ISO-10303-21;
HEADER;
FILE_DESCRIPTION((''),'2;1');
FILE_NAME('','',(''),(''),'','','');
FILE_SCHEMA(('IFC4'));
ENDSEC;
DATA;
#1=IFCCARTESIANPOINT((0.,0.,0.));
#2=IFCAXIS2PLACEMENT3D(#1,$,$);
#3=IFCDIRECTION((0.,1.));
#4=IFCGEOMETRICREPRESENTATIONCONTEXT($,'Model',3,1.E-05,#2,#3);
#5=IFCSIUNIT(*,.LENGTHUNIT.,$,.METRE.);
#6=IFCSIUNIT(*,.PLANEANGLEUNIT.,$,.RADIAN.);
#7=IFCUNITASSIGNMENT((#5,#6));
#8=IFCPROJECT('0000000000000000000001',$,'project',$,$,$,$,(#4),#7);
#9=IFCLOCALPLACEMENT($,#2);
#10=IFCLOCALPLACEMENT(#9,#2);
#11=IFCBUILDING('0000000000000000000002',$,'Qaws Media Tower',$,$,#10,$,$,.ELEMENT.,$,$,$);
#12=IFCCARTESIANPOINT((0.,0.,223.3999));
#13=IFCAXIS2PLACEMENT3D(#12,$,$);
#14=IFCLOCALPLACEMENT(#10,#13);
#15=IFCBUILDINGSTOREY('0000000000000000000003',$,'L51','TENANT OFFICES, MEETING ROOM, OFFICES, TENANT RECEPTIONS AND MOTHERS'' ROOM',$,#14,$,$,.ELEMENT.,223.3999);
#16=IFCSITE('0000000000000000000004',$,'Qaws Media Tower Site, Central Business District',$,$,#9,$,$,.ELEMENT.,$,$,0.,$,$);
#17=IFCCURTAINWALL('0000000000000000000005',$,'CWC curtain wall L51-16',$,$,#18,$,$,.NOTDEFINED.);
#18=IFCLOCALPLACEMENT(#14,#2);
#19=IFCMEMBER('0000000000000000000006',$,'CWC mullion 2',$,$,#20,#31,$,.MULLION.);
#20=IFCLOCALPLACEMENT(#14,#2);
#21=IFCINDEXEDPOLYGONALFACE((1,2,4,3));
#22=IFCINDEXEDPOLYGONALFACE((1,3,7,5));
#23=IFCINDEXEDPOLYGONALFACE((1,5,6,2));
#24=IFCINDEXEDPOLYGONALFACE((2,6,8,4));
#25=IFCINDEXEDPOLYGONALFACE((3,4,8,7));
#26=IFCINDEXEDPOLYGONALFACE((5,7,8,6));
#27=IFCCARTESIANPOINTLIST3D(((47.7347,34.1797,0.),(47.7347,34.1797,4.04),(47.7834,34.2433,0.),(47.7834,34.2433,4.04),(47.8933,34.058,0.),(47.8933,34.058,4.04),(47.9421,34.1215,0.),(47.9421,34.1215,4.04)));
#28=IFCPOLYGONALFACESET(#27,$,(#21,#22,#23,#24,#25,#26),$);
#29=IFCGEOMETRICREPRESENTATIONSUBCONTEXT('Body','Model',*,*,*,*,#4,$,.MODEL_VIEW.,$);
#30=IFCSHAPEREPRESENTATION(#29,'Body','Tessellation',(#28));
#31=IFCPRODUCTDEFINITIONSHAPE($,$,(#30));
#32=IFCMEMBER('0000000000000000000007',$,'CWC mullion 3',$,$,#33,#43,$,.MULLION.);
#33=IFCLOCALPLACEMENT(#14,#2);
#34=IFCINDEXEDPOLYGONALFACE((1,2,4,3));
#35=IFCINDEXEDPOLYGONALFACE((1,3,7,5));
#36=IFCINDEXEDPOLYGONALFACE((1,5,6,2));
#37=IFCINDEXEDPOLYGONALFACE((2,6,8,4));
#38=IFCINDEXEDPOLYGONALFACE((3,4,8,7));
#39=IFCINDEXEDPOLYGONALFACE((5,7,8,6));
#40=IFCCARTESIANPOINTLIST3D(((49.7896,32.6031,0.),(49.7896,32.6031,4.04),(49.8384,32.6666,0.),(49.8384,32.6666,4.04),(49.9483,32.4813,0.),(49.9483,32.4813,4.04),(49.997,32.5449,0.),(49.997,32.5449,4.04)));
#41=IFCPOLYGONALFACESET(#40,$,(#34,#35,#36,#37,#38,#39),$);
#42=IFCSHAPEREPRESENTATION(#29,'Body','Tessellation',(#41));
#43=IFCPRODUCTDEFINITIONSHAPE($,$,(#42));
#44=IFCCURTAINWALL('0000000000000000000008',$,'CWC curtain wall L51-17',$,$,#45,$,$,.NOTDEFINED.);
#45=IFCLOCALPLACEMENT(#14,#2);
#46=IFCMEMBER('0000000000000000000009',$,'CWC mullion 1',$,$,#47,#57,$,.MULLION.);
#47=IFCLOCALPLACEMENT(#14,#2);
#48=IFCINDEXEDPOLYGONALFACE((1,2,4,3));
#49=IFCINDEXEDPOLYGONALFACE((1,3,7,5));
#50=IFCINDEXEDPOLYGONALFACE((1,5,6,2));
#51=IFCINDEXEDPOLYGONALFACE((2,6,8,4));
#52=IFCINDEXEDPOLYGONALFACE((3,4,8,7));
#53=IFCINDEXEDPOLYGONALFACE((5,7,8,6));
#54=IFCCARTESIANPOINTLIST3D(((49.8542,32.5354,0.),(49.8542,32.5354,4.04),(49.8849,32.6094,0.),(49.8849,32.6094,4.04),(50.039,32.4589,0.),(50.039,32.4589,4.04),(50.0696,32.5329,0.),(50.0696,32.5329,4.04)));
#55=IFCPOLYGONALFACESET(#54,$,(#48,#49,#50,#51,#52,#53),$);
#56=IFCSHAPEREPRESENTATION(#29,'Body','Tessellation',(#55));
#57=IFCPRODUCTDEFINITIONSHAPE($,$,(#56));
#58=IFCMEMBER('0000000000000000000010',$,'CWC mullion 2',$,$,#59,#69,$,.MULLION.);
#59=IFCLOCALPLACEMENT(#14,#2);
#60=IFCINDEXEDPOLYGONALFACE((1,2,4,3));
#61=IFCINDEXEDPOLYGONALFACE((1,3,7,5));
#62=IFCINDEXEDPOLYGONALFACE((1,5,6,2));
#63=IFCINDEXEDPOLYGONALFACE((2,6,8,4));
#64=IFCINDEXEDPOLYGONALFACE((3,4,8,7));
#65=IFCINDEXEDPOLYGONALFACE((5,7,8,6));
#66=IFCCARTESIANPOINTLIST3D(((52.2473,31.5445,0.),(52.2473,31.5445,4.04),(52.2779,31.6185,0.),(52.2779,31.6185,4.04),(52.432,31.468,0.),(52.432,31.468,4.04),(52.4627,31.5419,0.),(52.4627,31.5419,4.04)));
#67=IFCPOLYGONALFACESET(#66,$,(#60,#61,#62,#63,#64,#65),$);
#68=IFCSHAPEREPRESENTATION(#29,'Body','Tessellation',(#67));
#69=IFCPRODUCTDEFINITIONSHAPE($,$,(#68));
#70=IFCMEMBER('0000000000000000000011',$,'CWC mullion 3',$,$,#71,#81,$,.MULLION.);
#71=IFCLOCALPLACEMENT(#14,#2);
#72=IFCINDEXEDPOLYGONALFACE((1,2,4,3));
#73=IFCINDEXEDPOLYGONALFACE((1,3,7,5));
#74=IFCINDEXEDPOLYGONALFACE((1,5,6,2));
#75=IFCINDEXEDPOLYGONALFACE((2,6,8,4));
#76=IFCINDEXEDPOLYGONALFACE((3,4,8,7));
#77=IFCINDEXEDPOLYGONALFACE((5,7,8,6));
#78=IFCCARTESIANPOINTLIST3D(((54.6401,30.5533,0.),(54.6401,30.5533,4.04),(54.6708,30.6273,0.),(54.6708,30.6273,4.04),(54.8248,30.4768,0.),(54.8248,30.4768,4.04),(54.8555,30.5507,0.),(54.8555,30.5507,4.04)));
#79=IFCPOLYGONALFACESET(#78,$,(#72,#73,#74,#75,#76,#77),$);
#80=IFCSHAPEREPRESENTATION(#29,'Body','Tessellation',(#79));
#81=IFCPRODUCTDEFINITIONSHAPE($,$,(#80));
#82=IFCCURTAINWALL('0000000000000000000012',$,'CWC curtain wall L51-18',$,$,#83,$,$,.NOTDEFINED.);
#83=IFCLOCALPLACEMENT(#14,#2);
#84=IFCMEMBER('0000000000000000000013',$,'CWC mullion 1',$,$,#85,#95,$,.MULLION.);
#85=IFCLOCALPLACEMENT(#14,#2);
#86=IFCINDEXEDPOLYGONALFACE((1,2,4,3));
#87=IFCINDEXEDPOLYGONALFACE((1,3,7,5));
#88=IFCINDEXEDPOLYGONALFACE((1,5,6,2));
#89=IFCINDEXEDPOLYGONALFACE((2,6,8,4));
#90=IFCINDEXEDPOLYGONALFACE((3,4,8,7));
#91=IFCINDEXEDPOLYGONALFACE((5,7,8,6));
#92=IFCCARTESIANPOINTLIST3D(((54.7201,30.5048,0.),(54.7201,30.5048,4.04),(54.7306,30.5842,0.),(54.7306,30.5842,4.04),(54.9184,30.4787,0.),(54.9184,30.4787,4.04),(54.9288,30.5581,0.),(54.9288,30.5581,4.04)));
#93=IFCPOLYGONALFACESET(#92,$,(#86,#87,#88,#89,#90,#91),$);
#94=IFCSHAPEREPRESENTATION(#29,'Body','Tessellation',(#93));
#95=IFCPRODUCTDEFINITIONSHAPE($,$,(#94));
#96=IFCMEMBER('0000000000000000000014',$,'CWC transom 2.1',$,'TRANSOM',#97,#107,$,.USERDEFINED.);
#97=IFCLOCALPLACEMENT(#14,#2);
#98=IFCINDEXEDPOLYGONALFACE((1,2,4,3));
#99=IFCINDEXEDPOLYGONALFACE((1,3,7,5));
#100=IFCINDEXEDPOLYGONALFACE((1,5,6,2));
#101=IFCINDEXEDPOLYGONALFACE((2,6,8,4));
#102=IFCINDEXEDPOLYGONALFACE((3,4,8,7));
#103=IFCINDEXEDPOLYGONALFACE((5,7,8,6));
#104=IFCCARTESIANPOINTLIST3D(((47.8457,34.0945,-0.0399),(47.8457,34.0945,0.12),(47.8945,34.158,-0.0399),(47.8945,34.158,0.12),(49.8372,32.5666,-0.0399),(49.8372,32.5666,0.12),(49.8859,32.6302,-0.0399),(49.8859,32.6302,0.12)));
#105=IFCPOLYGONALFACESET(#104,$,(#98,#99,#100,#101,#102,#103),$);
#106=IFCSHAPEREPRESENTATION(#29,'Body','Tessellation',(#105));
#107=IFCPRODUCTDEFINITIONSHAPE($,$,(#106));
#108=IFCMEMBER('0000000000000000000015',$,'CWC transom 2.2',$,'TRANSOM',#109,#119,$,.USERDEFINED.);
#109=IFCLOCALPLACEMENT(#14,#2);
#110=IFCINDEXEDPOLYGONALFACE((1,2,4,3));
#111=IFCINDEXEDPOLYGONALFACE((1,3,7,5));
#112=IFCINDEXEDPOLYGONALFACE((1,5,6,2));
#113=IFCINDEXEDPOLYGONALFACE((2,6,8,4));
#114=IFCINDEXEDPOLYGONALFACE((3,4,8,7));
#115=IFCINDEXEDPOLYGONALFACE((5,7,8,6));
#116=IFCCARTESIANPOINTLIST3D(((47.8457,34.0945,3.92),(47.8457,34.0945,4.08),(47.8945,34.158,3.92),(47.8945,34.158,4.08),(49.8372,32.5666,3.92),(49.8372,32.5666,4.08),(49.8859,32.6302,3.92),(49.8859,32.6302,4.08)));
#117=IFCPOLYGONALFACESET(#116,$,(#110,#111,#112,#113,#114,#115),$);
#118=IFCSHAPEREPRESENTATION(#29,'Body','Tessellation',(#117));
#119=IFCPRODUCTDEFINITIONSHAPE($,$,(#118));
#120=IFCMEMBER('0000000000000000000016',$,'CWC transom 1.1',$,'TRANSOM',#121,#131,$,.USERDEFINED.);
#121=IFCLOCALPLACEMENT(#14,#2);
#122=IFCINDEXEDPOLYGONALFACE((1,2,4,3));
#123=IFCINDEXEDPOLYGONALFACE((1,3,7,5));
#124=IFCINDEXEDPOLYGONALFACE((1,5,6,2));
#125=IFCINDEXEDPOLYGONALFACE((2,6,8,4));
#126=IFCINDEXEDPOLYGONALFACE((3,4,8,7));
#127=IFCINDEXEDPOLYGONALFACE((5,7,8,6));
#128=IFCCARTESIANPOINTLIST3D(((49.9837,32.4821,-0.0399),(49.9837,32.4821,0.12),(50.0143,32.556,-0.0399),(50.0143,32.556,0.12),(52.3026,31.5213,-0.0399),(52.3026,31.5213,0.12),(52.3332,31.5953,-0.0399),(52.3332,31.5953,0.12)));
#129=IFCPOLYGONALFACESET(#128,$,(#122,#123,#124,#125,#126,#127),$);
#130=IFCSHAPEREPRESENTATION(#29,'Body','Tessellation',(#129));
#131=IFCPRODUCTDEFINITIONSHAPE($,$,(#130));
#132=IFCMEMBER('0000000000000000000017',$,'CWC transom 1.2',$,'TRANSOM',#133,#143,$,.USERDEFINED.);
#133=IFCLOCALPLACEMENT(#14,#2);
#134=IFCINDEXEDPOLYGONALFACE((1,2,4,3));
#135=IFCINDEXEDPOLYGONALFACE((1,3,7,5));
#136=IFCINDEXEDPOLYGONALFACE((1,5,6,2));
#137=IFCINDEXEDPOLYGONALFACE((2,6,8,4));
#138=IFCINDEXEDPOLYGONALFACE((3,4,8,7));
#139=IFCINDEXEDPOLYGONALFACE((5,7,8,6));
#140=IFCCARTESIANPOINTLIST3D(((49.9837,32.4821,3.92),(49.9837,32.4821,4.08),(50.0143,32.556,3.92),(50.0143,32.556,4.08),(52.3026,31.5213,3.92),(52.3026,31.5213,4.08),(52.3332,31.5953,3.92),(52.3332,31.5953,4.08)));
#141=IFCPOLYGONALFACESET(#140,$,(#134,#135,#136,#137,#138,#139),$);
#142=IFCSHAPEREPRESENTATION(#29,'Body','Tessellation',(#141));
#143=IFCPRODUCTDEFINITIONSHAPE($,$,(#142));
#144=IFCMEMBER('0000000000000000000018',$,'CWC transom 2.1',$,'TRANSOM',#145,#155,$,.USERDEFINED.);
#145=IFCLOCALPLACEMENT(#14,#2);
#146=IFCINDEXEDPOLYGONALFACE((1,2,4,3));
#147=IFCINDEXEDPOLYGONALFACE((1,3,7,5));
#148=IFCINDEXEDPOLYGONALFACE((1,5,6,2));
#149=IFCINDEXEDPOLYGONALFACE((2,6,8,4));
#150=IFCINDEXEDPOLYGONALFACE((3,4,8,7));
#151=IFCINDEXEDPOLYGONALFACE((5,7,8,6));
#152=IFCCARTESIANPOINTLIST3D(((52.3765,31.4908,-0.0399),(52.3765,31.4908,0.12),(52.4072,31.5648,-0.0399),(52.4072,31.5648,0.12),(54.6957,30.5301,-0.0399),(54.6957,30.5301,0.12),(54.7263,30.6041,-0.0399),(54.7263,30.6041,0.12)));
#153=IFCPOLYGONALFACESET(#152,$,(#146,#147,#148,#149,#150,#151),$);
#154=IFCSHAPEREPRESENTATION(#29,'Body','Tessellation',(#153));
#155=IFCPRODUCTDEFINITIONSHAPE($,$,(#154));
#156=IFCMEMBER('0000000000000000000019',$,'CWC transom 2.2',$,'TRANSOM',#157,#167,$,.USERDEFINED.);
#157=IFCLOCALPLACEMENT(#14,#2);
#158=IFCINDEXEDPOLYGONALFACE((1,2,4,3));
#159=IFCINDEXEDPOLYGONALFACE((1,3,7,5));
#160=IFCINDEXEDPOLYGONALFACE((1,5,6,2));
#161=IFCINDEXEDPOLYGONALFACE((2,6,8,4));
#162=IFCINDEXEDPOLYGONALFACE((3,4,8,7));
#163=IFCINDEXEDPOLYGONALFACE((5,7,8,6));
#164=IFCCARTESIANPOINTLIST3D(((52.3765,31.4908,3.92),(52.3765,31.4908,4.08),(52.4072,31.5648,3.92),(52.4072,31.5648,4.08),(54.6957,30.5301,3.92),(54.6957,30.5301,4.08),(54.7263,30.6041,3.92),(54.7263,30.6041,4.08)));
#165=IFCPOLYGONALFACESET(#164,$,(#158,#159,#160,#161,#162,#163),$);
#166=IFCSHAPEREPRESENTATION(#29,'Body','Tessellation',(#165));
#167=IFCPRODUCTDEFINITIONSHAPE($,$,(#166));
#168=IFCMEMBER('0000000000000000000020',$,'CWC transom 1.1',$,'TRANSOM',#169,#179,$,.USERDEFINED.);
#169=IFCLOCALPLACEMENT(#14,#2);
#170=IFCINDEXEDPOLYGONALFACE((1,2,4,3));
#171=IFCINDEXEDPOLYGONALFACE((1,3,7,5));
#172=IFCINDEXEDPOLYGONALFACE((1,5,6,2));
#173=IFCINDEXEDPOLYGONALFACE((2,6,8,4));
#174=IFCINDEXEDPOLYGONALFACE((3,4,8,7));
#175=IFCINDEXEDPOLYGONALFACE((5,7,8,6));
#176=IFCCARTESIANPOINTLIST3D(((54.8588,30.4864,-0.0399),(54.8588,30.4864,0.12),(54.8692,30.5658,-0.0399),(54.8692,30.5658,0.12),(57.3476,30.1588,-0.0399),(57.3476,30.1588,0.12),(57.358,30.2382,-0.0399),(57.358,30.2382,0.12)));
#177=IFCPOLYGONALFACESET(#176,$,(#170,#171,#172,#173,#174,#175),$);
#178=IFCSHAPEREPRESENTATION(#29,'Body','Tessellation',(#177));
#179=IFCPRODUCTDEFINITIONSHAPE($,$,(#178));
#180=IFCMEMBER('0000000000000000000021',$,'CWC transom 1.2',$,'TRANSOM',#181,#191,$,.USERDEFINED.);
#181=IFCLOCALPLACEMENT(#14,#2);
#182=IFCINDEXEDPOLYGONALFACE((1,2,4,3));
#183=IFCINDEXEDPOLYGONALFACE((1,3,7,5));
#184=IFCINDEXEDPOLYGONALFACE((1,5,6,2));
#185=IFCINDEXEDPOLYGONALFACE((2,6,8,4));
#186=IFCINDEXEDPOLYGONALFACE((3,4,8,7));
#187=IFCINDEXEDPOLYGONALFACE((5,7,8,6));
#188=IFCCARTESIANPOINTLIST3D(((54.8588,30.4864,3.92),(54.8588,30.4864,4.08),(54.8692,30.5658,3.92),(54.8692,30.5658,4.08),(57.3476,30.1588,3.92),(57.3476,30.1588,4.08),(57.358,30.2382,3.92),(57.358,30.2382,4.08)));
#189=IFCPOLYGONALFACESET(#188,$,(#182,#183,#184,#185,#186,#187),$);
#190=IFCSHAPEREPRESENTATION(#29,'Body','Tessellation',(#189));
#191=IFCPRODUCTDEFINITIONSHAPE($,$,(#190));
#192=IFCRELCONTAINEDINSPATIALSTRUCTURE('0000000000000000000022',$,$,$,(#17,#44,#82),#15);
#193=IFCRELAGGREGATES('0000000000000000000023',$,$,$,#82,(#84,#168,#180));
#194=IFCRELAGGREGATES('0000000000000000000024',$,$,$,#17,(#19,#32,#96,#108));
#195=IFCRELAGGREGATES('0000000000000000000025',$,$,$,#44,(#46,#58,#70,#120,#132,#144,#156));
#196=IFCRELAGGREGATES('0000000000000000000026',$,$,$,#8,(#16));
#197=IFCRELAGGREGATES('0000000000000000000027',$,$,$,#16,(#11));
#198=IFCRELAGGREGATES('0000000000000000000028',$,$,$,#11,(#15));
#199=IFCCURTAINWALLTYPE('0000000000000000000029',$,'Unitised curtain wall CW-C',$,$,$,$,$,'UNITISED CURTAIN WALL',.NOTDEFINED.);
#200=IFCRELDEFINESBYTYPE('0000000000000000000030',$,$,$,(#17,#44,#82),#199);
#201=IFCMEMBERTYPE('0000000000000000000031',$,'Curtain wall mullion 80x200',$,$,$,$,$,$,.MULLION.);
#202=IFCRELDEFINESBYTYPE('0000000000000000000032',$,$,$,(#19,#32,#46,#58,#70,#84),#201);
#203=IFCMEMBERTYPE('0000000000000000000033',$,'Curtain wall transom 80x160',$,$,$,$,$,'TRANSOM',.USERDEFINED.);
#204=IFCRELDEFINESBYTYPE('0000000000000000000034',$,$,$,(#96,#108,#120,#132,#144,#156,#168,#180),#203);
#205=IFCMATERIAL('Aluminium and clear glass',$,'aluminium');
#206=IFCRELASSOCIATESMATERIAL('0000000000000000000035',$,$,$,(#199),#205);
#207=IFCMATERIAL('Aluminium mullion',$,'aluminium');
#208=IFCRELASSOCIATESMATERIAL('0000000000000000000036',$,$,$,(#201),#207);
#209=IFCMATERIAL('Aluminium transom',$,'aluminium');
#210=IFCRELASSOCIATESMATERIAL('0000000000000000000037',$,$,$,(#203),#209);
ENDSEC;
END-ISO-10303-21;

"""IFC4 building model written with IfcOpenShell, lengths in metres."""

from ifc_helpers import new_model, si_unit, direction, frame, origin, origin_2d, place, context, subcontext, project, spatial, rectangle, extrude, material, material_profile, profile_set, type_object, element, aggregate, save


model = new_model("IFC4")

# Units and contexts
model_context = context("Model", 3, precision=1e-05, world=origin(), true_north=direction((0.0, 1.0)))
body_context = subcontext(model_context, "Body", "Model", "MODEL_VIEW")
ifc_project = project(units=[si_unit("LENGTHUNIT", "METRE"), si_unit("PLANEANGLEUNIT", "RADIAN")], contexts=[model_context])

# Site, building, storey
site_placement = place(None, origin())
site = spatial("IfcSite", under=ifc_project, at=site_placement, Name="Qaws Media Tower Site, Central Business District", CompositionType="ELEMENT", RefElevation=0.0)
building_placement = place(site_placement, origin())
building = spatial("IfcBuilding", under=site, at=building_placement, Name="Qaws Media Tower", CompositionType="ELEMENT")
storey_placement = place(building_placement, frame((0.0, 0.0, 223.3999)))
storey = spatial("IfcBuildingStorey", under=building, at=storey_placement, Name="L51", Description="TENANT OFFICES, MEETING ROOM, OFFICES, TENANT RECEPTIONS AND MOTHERS' ROOM", CompositionType="ELEMENT", Elevation=223.3999)

# Curtain walls, members
ifc_material_1 = material(Name="Aluminium and clear glass", Category="aluminium")
curtain_wall_type = type_object("IfcCurtainWallType", Name="Unitised curtain wall CW-C", ElementType="UNITISED CURTAIN WALL", PredefinedType="NOTDEFINED", material=ifc_material_1)
curtain_wall_1_placement = place(storey_placement, origin())
curtain_wall_1 = element("IfcCurtainWall", 1, at=curtain_wall_1_placement, inside=storey, type_object=curtain_wall_type, Name="CWC curtain wall L51-16", PredefinedType="NOTDEFINED")
ifc_material_2 = material(Name="Aluminium mullion", Category="aluminium")
ifc_material_profile_1 = material_profile(ifc_material_2, rectangle(XDim=0.0801, YDim=0.2, at=origin_2d()), Name="80x200")
ifc_profile_set_1 = profile_set([ifc_material_profile_1], Name="Aluminium mullion")
member_type_1 = type_object("IfcMemberType", Name="Curtain wall mullion 80x200", PredefinedType="MULLION", material=ifc_profile_set_1)
member_1_placement = place(storey_placement, frame((47.8384, 34.1506, 0.0), z_axis=(0.0, 0.0, 1.0), x_axis=(0.608761, 0.793353, 0.0)))
member_1 = element("IfcMember", 2, at=member_1_placement, type_object=member_type_1, Name="CWC mullion 2", PredefinedType="MULLION", context=body_context, shape_type="SweptSolid", body=[
    extrude(rectangle(XDim=0.0801, YDim=0.2, at=origin_2d()), origin(), (0.0, 0.0, 1.0), 4.04),
])
member_2_placement = place(storey_placement, frame((49.8933, 32.574, 0.0), z_axis=(0.0, 0.0, 1.0), x_axis=(0.608761, 0.793353, 0.0)))
member_2 = element("IfcMember", 3, at=member_2_placement, type_object=member_type_1, Name="CWC mullion 3", PredefinedType="MULLION", context=body_context, shape_type="SweptSolid", body=[
    extrude(rectangle(XDim=0.0801, YDim=0.2, at=origin_2d()), origin(), (0.0, 0.0, 1.0), 4.04),
])
curtain_wall_2_placement = place(storey_placement, origin())
curtain_wall_2 = element("IfcCurtainWall", 4, at=curtain_wall_2_placement, inside=storey, type_object=curtain_wall_type, Name="CWC curtain wall L51-17", PredefinedType="NOTDEFINED")
member_3_placement = place(storey_placement, frame((49.9619, 32.5342, 0.0), z_axis=(0.0, 0.0, 1.0), x_axis=(0.382683, 0.92388, 0.0)))
member_3 = element("IfcMember", 5, at=member_3_placement, type_object=member_type_1, Name="CWC mullion 1", PredefinedType="MULLION", context=body_context, shape_type="SweptSolid", body=[
    extrude(rectangle(XDim=0.0801, YDim=0.2, at=origin_2d()), origin(), (0.0, 0.0, 1.0), 4.04),
])
member_4_placement = place(storey_placement, frame((52.355, 31.5432, 0.0), z_axis=(0.0, 0.0, 1.0), x_axis=(0.382683, 0.92388, 0.0)))
member_4 = element("IfcMember", 6, at=member_4_placement, type_object=member_type_1, Name="CWC mullion 2", PredefinedType="MULLION", context=body_context, shape_type="SweptSolid", body=[
    extrude(rectangle(XDim=0.0801, YDim=0.2, at=origin_2d()), origin(), (0.0, 0.0, 1.0), 4.04),
])
member_5_placement = place(storey_placement, frame((54.7478, 30.552, 0.0), z_axis=(0.0, 0.0, 1.0), x_axis=(0.382683, 0.92388, 0.0)))
member_5 = element("IfcMember", 7, at=member_5_placement, type_object=member_type_1, Name="CWC mullion 3", PredefinedType="MULLION", context=body_context, shape_type="SweptSolid", body=[
    extrude(rectangle(XDim=0.0801, YDim=0.2, at=origin_2d()), origin(), (0.0, 0.0, 1.0), 4.04),
])

# Curtain wall, member
curtain_wall_3_placement = place(storey_placement, origin())
curtain_wall_3 = element("IfcCurtainWall", 8, at=curtain_wall_3_placement, inside=storey, type_object=curtain_wall_type, Name="CWC curtain wall L51-18", PredefinedType="NOTDEFINED")
member_6_placement = place(storey_placement, frame((54.8245, 30.5315, 0.0), z_axis=(0.0, 0.0, 1.0), x_axis=(0.130526, 0.991445, 0.0)))
member_6 = element("IfcMember", 9, at=member_6_placement, type_object=member_type_1, Name="CWC mullion 1", PredefinedType="MULLION", context=body_context, shape_type="SweptSolid", body=[
    extrude(rectangle(XDim=0.0801, YDim=0.2, at=origin_2d()), origin(), (0.0, 0.0, 1.0), 4.04),
])

# Members
ifc_material_3 = material(Name="Aluminium transom", Category="aluminium")
ifc_material_profile_2 = material_profile(ifc_material_3, rectangle(XDim=0.0801, YDim=0.1599, at=origin_2d()), Name="80x160")
ifc_profile_set_2 = profile_set([ifc_material_profile_2], Name="Aluminium transom")
member_type_2 = type_object("IfcMemberType", Name="Curtain wall transom 80x160", ElementType="TRANSOM", PredefinedType="USERDEFINED", material=ifc_profile_set_2)
member_7_placement = place(storey_placement, frame((47.8701, 34.1262, 0.04), z_axis=(0.793404, -0.608695, 0.0), x_axis=(0.608695, 0.793404, 0.0)))
member_7 = element("IfcMember", 10, at=member_7_placement, type_object=member_type_2, Name="CWC transom 2.1", ObjectType="TRANSOM", PredefinedType="USERDEFINED", context=body_context, shape_type="SweptSolid", body=[
    extrude(rectangle(XDim=0.0801, YDim=0.1599, at=origin_2d()), origin(), (0.0, 0.0, 1.0), 2.51),
])
member_8_placement = place(storey_placement, frame((47.8701, 34.1262, 4.0), z_axis=(0.793404, -0.608695, 0.0), x_axis=(0.608695, 0.793404, 0.0)))
member_8 = element("IfcMember", 11, at=member_8_placement, type_object=member_type_2, Name="CWC transom 2.2", ObjectType="TRANSOM", PredefinedType="USERDEFINED", context=body_context, shape_type="SweptSolid", body=[
    extrude(rectangle(XDim=0.0801, YDim=0.1599, at=origin_2d()), origin(), (0.0, 0.0, 1.0), 2.51),
])
member_9_placement = place(storey_placement, frame((49.999, 32.519, 0.04), z_axis=(0.923852, -0.38275, 0.0), x_axis=(0.38275, 0.923852, 0.0)))
member_9 = element("IfcMember", 12, at=member_9_placement, type_object=member_type_2, Name="CWC transom 1.1", ObjectType="TRANSOM", PredefinedType="USERDEFINED", context=body_context, shape_type="SweptSolid", body=[
    extrude(rectangle(XDim=0.0801, YDim=0.1599, at=origin_2d()), origin(), (0.0, 0.0, 1.0), 2.51),
])
member_10_placement = place(storey_placement, frame((49.999, 32.519, 4.0), z_axis=(0.923852, -0.38275, 0.0), x_axis=(0.38275, 0.923852, 0.0)))
member_10 = element("IfcMember", 13, at=member_10_placement, type_object=member_type_2, Name="CWC transom 1.2", ObjectType="TRANSOM", PredefinedType="USERDEFINED", context=body_context, shape_type="SweptSolid", body=[
    extrude(rectangle(XDim=0.0801, YDim=0.1599, at=origin_2d()), origin(), (0.0, 0.0, 1.0), 2.51),
])
member_11_placement = place(storey_placement, frame((52.3918, 31.5278, 0.04), z_axis=(0.923866, -0.382715, 0.0), x_axis=(0.382715, 0.923866, 0.0)))
member_11 = element("IfcMember", 14, at=member_11_placement, type_object=member_type_2, Name="CWC transom 2.1", ObjectType="TRANSOM", PredefinedType="USERDEFINED", context=body_context, shape_type="SweptSolid", body=[
    extrude(rectangle(XDim=0.0801, YDim=0.1599, at=origin_2d()), origin(), (0.0, 0.0, 1.0), 2.5103),
])
member_12_placement = place(storey_placement, frame((52.3918, 31.5278, 4.0), z_axis=(0.923866, -0.382715, 0.0), x_axis=(0.382715, 0.923866, 0.0)))
member_12 = element("IfcMember", 15, at=member_12_placement, type_object=member_type_2, Name="CWC transom 2.2", ObjectType="TRANSOM", PredefinedType="USERDEFINED", context=body_context, shape_type="SweptSolid", body=[
    extrude(rectangle(XDim=0.0801, YDim=0.1599, at=origin_2d()), origin(), (0.0, 0.0, 1.0), 2.5103),
])
member_13_placement = place(storey_placement, frame((54.864, 30.5261, 0.04), z_axis=(0.991446, -0.13052, 0.0), x_axis=(0.13052, 0.991446, 0.0)))
member_13 = element("IfcMember", 16, at=member_13_placement, type_object=member_type_2, Name="CWC transom 1.1", ObjectType="TRANSOM", PredefinedType="USERDEFINED", context=body_context, shape_type="SweptSolid", body=[
    extrude(rectangle(XDim=0.0801, YDim=0.1599, at=origin_2d()), origin(), (0.0, 0.0, 1.0), 2.5103),
])
member_14_placement = place(storey_placement, frame((54.864, 30.5261, 4.0), z_axis=(0.991446, -0.13052, 0.0), x_axis=(0.13052, 0.991446, 0.0)))
member_14 = element("IfcMember", 17, at=member_14_placement, type_object=member_type_2, Name="CWC transom 1.2", ObjectType="TRANSOM", PredefinedType="USERDEFINED", context=body_context, shape_type="SweptSolid", body=[
    extrude(rectangle(XDim=0.0801, YDim=0.1599, at=origin_2d()), origin(), (0.0, 0.0, 1.0), 2.5103),
])
aggregate(curtain_wall_3, [member_6, member_13, member_14])

aggregate(curtain_wall_1, [member_1, member_2, member_7, member_8])
aggregate(curtain_wall_2, [member_3, member_4, member_5, member_9, member_10, member_11, member_12])

save(model, "model.ifc")
